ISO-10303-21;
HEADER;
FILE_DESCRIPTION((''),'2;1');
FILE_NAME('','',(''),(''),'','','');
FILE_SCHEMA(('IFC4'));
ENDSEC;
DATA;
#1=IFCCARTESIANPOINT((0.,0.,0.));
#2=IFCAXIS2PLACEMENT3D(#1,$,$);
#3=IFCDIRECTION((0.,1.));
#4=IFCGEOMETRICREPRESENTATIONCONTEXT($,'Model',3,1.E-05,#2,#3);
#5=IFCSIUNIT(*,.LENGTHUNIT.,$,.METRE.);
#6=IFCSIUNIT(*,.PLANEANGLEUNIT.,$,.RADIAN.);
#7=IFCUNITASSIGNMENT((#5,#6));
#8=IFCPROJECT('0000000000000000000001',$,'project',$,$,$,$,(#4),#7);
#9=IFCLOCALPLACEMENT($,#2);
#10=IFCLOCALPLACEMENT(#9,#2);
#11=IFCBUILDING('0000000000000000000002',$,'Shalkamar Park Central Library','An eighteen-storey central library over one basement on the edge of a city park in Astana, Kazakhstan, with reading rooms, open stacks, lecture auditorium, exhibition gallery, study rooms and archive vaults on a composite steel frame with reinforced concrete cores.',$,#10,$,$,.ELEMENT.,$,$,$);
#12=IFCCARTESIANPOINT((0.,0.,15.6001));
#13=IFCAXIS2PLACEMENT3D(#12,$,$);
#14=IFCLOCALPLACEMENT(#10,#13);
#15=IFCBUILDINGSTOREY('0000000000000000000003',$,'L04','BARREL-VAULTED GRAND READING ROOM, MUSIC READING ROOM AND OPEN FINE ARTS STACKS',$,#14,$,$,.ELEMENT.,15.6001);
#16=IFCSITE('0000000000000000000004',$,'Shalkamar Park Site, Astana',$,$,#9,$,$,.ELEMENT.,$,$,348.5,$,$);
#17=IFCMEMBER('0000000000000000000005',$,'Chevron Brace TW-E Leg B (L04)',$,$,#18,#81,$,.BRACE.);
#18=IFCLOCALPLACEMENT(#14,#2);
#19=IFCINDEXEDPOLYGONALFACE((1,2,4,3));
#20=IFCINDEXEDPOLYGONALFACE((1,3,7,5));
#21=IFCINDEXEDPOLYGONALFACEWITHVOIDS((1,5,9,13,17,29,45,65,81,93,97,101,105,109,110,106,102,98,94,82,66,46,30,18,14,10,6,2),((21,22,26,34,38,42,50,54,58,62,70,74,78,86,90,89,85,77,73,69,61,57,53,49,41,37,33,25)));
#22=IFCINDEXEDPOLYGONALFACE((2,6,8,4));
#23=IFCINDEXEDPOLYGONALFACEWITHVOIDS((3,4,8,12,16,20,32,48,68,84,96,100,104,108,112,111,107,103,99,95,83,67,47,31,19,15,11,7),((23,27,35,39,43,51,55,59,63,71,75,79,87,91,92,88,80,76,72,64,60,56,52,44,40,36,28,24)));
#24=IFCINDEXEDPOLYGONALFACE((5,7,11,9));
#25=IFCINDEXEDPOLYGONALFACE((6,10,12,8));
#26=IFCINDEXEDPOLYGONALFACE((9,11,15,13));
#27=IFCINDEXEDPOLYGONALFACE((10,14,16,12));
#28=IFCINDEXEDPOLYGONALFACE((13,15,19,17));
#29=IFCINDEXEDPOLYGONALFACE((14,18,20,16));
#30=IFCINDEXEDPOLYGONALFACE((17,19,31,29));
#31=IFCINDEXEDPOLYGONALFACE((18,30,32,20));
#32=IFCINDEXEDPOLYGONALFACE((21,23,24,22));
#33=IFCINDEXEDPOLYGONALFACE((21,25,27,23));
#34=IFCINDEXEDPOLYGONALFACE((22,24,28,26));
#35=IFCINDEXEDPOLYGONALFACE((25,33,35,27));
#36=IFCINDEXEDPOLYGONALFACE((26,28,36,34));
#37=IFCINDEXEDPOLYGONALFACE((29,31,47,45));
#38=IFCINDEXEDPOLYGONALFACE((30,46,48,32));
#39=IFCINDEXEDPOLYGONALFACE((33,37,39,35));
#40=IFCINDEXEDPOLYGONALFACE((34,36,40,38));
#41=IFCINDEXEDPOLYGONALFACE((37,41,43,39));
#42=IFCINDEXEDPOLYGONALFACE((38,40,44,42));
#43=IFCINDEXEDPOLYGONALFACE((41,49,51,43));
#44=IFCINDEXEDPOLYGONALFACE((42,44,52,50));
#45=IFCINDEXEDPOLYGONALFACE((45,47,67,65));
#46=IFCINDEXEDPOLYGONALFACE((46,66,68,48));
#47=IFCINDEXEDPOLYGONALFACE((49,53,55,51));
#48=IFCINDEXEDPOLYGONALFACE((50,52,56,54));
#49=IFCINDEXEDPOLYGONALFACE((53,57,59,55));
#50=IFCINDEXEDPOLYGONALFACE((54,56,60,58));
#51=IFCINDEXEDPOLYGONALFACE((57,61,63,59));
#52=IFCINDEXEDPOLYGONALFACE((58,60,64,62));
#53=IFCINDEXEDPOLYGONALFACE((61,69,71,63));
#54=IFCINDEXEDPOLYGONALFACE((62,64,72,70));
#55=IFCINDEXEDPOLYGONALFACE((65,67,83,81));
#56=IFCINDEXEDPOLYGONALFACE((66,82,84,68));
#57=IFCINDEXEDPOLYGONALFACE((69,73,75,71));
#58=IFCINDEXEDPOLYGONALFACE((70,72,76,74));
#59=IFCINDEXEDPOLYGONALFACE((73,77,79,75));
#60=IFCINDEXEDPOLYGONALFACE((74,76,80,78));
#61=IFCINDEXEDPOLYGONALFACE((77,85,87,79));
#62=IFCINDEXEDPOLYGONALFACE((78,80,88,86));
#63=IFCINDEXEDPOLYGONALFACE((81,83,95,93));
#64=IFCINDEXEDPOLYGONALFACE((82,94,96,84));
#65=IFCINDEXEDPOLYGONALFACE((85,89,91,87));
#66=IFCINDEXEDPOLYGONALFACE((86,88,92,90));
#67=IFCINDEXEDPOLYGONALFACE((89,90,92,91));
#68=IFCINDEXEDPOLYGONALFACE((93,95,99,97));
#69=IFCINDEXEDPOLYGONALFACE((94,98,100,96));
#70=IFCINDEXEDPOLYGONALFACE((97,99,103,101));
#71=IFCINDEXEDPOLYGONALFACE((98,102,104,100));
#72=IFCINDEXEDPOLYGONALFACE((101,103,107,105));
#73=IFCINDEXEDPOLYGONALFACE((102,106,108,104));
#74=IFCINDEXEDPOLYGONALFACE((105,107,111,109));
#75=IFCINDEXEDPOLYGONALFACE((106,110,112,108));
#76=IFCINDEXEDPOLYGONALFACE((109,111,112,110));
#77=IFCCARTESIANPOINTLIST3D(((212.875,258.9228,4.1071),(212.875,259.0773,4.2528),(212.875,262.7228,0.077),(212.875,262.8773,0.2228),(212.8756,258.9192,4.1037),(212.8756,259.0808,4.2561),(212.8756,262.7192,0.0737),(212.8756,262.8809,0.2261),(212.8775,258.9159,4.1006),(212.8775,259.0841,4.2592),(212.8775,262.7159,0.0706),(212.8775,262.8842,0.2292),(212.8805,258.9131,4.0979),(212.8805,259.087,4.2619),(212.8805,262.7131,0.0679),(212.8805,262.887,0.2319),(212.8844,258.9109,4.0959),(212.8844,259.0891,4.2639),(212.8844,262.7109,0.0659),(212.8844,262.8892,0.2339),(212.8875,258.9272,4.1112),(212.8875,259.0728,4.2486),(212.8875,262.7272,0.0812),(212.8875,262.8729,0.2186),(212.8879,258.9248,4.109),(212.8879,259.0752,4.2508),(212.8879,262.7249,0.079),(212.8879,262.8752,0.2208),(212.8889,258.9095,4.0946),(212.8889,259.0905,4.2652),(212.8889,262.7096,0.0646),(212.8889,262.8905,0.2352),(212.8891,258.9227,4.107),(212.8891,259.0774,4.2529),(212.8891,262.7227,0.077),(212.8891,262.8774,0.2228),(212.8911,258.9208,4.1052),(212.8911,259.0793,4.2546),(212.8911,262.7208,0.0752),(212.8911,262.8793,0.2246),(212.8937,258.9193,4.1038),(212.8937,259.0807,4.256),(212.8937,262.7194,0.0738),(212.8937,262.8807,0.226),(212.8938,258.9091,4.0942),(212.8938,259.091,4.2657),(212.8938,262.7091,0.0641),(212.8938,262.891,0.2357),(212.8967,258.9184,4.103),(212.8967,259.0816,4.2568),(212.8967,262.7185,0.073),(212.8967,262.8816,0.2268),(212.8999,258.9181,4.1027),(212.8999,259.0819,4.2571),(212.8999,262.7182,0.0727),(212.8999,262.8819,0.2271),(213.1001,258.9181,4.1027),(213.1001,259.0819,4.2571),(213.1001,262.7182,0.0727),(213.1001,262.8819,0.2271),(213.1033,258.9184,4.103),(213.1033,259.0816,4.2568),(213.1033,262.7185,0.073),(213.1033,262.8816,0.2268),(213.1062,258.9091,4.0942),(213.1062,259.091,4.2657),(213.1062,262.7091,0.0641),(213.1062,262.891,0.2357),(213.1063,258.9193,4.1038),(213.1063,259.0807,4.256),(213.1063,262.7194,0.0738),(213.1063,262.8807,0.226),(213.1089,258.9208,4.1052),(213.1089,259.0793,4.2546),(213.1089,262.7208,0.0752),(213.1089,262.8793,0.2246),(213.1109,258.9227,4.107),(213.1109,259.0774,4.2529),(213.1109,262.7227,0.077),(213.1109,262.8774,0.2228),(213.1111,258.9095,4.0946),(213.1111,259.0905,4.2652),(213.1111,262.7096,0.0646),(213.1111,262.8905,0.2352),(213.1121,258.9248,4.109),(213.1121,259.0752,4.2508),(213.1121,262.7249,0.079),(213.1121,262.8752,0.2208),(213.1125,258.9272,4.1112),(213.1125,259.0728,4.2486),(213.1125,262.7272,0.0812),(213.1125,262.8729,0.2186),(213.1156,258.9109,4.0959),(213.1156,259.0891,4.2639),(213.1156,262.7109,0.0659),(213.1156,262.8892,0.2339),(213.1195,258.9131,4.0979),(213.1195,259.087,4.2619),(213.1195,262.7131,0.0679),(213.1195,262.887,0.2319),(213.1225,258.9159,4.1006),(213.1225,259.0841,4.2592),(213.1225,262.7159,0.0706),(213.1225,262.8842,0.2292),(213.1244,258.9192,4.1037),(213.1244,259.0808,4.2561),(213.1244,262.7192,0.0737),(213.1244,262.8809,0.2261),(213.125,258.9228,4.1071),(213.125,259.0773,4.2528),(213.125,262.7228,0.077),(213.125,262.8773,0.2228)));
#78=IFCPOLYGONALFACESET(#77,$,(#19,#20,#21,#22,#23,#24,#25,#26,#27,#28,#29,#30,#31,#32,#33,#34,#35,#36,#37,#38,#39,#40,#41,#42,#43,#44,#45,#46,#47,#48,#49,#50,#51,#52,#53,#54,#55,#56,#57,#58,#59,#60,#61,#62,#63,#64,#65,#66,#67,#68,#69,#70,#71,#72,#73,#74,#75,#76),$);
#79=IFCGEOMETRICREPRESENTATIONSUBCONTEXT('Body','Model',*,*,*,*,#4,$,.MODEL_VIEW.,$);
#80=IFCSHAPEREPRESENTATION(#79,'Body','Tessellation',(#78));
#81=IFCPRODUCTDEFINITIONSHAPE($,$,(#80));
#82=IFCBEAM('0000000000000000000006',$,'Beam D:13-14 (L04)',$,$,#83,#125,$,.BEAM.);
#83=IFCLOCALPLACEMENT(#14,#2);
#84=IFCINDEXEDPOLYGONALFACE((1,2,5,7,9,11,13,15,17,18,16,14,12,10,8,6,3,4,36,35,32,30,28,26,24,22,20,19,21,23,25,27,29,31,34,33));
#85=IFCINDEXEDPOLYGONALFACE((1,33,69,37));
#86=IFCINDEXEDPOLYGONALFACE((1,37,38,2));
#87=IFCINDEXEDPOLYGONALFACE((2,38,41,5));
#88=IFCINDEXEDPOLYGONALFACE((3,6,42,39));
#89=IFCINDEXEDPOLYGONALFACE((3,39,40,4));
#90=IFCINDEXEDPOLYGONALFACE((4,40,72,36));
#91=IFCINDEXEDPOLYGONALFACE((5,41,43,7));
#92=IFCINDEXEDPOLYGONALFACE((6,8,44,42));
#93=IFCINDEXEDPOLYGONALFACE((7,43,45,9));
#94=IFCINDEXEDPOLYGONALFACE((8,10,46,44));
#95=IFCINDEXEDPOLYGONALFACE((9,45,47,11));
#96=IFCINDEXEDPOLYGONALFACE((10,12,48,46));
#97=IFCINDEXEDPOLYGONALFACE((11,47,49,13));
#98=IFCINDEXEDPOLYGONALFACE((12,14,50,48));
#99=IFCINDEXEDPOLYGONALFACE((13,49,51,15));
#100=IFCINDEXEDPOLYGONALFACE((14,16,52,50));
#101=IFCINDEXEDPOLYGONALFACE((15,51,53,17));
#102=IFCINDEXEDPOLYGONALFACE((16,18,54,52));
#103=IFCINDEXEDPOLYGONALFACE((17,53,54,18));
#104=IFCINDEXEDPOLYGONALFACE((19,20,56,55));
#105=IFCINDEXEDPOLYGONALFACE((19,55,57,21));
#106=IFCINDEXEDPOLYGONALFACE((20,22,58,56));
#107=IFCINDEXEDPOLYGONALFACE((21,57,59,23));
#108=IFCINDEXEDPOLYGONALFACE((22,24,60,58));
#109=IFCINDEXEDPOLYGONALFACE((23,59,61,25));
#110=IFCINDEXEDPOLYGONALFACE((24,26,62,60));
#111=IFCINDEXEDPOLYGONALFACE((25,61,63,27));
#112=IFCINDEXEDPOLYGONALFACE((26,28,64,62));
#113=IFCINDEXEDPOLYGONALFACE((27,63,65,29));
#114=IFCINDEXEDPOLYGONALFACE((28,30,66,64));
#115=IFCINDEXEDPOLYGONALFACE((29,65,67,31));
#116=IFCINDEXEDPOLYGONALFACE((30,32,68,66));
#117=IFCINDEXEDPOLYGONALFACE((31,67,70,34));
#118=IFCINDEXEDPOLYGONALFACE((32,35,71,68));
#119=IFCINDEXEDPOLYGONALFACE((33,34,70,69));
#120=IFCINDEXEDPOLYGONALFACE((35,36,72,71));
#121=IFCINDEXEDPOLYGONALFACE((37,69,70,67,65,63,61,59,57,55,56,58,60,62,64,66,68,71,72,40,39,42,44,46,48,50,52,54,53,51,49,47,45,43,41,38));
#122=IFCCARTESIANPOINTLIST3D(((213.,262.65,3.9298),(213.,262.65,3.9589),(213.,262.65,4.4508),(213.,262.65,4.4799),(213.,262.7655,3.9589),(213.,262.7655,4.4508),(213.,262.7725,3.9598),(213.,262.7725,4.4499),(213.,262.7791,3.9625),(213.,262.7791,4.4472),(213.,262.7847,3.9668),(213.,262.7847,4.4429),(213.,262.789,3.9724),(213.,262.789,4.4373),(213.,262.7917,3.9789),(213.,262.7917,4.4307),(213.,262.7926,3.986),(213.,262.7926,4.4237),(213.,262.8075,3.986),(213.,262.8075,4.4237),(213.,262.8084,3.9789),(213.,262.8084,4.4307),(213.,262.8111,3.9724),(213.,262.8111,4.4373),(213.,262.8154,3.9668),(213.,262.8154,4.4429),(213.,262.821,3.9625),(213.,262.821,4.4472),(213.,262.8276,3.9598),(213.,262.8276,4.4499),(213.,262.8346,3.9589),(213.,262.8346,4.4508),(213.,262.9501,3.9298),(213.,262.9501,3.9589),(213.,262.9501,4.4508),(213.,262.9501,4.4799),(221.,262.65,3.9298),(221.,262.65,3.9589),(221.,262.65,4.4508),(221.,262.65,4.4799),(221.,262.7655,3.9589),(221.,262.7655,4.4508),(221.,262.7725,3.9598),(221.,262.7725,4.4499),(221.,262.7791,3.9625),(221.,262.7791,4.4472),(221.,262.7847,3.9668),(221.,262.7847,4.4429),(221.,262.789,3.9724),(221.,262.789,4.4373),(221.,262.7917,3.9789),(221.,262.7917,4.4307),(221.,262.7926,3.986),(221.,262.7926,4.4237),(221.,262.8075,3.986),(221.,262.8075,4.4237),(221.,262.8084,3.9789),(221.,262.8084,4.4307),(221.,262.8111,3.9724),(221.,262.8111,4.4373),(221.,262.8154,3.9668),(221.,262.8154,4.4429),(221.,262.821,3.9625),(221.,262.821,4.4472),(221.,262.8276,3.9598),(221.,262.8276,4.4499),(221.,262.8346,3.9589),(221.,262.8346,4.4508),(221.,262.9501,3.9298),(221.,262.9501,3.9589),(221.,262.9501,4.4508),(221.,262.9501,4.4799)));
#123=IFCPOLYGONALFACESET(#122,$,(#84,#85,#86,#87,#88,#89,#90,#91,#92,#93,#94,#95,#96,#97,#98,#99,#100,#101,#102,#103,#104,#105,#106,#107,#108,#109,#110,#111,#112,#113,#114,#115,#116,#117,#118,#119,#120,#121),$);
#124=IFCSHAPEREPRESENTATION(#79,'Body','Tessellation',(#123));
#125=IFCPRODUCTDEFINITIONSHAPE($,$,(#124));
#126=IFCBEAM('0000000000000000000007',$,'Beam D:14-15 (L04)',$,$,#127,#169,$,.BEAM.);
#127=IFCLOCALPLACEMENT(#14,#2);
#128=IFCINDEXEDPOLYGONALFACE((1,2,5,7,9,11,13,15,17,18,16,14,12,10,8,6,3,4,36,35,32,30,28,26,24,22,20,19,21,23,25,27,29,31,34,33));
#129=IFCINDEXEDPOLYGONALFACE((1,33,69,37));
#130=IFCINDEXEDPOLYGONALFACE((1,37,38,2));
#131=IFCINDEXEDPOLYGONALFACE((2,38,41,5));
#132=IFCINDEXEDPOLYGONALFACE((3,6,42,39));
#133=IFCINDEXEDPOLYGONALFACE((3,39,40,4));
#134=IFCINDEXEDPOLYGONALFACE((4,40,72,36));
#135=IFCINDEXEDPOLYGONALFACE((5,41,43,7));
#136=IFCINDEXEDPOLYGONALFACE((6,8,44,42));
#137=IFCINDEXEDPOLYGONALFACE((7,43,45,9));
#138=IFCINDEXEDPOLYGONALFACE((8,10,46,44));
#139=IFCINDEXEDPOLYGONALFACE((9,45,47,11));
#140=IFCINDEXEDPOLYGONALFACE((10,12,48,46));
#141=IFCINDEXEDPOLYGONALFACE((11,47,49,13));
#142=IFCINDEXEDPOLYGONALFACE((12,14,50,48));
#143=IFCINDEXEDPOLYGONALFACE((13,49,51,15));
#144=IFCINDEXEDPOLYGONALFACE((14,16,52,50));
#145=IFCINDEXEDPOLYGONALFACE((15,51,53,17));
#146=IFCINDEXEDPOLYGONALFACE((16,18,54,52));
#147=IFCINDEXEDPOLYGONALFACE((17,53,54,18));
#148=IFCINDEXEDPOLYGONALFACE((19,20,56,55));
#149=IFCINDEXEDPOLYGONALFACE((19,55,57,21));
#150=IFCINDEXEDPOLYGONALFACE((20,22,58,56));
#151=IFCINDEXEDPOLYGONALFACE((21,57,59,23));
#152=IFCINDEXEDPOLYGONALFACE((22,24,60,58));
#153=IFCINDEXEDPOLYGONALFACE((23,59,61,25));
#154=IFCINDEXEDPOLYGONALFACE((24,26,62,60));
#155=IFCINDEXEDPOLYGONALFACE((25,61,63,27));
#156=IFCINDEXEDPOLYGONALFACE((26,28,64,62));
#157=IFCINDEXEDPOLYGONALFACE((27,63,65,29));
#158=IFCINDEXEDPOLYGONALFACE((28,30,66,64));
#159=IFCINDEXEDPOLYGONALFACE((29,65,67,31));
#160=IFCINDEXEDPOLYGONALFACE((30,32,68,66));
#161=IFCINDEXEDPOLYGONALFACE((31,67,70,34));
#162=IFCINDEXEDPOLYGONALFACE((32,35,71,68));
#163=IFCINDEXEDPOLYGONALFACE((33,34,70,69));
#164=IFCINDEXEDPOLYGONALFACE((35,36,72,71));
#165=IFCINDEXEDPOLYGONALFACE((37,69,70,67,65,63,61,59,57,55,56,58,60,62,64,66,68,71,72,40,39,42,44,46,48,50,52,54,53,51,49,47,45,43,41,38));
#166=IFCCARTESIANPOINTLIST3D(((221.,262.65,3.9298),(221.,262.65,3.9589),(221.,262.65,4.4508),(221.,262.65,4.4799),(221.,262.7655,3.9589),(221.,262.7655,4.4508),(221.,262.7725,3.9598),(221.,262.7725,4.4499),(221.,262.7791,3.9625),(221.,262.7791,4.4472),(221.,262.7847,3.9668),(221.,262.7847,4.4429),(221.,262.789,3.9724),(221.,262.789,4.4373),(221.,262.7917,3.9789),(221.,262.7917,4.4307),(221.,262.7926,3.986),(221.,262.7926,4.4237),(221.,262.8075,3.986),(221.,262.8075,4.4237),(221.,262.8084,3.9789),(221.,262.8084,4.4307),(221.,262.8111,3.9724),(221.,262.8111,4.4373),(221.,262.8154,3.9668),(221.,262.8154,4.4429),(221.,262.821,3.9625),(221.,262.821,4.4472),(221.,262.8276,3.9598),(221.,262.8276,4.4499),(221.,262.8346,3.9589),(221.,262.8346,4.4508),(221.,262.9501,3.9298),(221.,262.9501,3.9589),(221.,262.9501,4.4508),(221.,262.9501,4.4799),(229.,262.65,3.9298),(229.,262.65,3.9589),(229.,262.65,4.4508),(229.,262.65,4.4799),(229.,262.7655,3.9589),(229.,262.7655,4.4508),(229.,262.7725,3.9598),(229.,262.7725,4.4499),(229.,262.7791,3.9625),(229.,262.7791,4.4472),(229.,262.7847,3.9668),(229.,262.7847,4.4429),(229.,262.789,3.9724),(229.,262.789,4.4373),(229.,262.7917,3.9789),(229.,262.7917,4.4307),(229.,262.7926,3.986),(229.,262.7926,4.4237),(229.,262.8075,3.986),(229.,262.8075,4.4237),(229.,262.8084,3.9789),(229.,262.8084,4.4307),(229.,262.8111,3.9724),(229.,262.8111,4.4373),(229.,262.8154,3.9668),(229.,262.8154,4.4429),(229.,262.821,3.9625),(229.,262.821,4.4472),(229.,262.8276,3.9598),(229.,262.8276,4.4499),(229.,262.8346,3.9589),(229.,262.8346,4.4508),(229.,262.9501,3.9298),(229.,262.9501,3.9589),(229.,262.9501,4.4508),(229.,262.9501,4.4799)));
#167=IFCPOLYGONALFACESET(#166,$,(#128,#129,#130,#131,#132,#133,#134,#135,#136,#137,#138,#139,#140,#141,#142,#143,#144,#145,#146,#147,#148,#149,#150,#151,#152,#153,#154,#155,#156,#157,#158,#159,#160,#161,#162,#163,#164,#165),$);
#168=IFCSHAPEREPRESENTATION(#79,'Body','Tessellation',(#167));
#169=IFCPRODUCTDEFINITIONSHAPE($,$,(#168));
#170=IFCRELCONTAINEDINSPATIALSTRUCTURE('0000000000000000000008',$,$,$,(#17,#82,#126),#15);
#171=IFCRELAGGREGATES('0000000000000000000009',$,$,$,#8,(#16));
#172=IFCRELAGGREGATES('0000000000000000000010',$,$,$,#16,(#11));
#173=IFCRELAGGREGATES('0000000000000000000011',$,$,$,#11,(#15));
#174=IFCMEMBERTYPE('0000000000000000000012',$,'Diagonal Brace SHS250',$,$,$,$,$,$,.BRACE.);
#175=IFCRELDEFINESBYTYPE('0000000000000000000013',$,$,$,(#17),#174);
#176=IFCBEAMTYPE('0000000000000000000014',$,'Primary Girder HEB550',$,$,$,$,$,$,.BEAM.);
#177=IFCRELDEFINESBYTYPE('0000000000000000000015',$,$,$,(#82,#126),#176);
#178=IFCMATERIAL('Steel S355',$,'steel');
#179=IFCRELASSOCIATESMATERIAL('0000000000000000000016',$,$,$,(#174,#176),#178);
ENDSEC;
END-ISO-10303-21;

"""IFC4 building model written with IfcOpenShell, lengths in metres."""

from ifc_helpers import new_model, si_unit, direction, frame, origin, origin_2d, place, context, subcontext, project, spatial, hollow_rectangle, i_section, extrude, material, material_profile, profile_set, type_object, element, save


model = new_model("IFC4")

# Units and contexts
model_context = context("Model", 3, precision=1e-05, world=origin(), true_north=direction((0.0, 1.0)))
body_context = subcontext(model_context, "Body", "Model", "MODEL_VIEW")
ifc_project = project(units=[si_unit("LENGTHUNIT", "METRE"), si_unit("PLANEANGLEUNIT", "RADIAN")], contexts=[model_context])

# Site, building, storey
site_placement = place(None, origin())
site = spatial("IfcSite", under=ifc_project, at=site_placement, Name="Shalkamar Park Site, Astana", CompositionType="ELEMENT", RefElevation=348.5)
building_placement = place(site_placement, origin())
building = spatial("IfcBuilding", under=site, at=building_placement, Name="Shalkamar Park Central Library", Description="An eighteen-storey central library over one basement on the edge of a city park in Astana, Kazakhstan, with reading rooms, open stacks, lecture auditorium, exhibition gallery, study rooms and archive vaults on a composite steel frame with reinforced concrete cores.", CompositionType="ELEMENT")
storey_placement = place(building_placement, frame((0.0, 0.0, 15.6001)))
storey = spatial("IfcBuildingStorey", under=building, at=storey_placement, Name="L04", Description="BARREL-VAULTED GRAND READING ROOM, MUSIC READING ROOM AND OPEN FINE ARTS STACKS", CompositionType="ELEMENT", Elevation=15.6001)

# Shared definitions
ifc_material = material(Name="Steel S355", Category="steel")

# Member
ifc_material_profile_1 = material_profile(ifc_material, hollow_rectangle(XDim=0.25, YDim=0.25, WallThickness=0.0125, InnerFilletRadius=0.0125, OuterFilletRadius=0.0188, at=origin_2d()), Name="SHS 250x250x12.5")
ifc_profile_set_1 = profile_set([ifc_material_profile_1], Name="Steel S355")
member_type = type_object("IfcMemberType", Name="Diagonal Brace SHS250", PredefinedType="BRACE", material=ifc_profile_set_1)
member_placement = place(storey_placement, frame((213.0, 262.8, 0.1499), z_axis=(0.0, -0.686042, 0.727562), x_axis=(1.0, 0.0, 0.0)))
element("IfcMember", 1, at=member_placement, inside=storey, type_object=member_type, Name="Chevron Brace TW-E Leg B (L04)", PredefinedType="BRACE", context=body_context, shape_type="SweptSolid", body=[
    extrude(hollow_rectangle(XDim=0.25, YDim=0.25, WallThickness=0.0125, InnerFilletRadius=0.0125, OuterFilletRadius=0.0188, at=origin_2d()), origin(), (0.0, 0.0, 1.0), 5.5391),
])

# Beams
ifc_material_profile_2 = material_profile(ifc_material, i_section(OverallWidth=0.3, OverallDepth=0.55, WebThickness=0.0149, FlangeThickness=0.0291, FilletRadius=0.0271, at=origin_2d()), Name="HEB 550")
ifc_profile_set_2 = profile_set([ifc_material_profile_2], Name="Steel S355")
beam_type_1 = type_object("IfcBeamType", Name="Primary Girder HEB550", PredefinedType="BEAM", material=ifc_profile_set_2)
for number, where, z_axis, x_axis, name in (
    (2, (213.0, 262.8, 4.2048), (1.0, 0.0, 0.0), (0.0, 1.0, 0.0), "Beam D:13-14 (L04)"),
    (3, (221.0, 262.8, 4.2048), (1.0, 0.0, 0.0), (0.0, 1.0, 0.0), "Beam D:14-15 (L04)"),
):
    element("IfcBeam", number, at=place(storey_placement, frame(where, z_axis=z_axis, x_axis=x_axis)), inside=storey, type_object=beam_type_1, Name=name, PredefinedType="BEAM", context=body_context, shape_type="SweptSolid", body=[
        extrude(i_section(OverallWidth=0.3, OverallDepth=0.55, WebThickness=0.0149, FlangeThickness=0.0291, FilletRadius=0.0271, at=origin_2d()), origin(), (0.0, 0.0, 1.0), 8.0),
    ])

save(model, "model.ifc")
